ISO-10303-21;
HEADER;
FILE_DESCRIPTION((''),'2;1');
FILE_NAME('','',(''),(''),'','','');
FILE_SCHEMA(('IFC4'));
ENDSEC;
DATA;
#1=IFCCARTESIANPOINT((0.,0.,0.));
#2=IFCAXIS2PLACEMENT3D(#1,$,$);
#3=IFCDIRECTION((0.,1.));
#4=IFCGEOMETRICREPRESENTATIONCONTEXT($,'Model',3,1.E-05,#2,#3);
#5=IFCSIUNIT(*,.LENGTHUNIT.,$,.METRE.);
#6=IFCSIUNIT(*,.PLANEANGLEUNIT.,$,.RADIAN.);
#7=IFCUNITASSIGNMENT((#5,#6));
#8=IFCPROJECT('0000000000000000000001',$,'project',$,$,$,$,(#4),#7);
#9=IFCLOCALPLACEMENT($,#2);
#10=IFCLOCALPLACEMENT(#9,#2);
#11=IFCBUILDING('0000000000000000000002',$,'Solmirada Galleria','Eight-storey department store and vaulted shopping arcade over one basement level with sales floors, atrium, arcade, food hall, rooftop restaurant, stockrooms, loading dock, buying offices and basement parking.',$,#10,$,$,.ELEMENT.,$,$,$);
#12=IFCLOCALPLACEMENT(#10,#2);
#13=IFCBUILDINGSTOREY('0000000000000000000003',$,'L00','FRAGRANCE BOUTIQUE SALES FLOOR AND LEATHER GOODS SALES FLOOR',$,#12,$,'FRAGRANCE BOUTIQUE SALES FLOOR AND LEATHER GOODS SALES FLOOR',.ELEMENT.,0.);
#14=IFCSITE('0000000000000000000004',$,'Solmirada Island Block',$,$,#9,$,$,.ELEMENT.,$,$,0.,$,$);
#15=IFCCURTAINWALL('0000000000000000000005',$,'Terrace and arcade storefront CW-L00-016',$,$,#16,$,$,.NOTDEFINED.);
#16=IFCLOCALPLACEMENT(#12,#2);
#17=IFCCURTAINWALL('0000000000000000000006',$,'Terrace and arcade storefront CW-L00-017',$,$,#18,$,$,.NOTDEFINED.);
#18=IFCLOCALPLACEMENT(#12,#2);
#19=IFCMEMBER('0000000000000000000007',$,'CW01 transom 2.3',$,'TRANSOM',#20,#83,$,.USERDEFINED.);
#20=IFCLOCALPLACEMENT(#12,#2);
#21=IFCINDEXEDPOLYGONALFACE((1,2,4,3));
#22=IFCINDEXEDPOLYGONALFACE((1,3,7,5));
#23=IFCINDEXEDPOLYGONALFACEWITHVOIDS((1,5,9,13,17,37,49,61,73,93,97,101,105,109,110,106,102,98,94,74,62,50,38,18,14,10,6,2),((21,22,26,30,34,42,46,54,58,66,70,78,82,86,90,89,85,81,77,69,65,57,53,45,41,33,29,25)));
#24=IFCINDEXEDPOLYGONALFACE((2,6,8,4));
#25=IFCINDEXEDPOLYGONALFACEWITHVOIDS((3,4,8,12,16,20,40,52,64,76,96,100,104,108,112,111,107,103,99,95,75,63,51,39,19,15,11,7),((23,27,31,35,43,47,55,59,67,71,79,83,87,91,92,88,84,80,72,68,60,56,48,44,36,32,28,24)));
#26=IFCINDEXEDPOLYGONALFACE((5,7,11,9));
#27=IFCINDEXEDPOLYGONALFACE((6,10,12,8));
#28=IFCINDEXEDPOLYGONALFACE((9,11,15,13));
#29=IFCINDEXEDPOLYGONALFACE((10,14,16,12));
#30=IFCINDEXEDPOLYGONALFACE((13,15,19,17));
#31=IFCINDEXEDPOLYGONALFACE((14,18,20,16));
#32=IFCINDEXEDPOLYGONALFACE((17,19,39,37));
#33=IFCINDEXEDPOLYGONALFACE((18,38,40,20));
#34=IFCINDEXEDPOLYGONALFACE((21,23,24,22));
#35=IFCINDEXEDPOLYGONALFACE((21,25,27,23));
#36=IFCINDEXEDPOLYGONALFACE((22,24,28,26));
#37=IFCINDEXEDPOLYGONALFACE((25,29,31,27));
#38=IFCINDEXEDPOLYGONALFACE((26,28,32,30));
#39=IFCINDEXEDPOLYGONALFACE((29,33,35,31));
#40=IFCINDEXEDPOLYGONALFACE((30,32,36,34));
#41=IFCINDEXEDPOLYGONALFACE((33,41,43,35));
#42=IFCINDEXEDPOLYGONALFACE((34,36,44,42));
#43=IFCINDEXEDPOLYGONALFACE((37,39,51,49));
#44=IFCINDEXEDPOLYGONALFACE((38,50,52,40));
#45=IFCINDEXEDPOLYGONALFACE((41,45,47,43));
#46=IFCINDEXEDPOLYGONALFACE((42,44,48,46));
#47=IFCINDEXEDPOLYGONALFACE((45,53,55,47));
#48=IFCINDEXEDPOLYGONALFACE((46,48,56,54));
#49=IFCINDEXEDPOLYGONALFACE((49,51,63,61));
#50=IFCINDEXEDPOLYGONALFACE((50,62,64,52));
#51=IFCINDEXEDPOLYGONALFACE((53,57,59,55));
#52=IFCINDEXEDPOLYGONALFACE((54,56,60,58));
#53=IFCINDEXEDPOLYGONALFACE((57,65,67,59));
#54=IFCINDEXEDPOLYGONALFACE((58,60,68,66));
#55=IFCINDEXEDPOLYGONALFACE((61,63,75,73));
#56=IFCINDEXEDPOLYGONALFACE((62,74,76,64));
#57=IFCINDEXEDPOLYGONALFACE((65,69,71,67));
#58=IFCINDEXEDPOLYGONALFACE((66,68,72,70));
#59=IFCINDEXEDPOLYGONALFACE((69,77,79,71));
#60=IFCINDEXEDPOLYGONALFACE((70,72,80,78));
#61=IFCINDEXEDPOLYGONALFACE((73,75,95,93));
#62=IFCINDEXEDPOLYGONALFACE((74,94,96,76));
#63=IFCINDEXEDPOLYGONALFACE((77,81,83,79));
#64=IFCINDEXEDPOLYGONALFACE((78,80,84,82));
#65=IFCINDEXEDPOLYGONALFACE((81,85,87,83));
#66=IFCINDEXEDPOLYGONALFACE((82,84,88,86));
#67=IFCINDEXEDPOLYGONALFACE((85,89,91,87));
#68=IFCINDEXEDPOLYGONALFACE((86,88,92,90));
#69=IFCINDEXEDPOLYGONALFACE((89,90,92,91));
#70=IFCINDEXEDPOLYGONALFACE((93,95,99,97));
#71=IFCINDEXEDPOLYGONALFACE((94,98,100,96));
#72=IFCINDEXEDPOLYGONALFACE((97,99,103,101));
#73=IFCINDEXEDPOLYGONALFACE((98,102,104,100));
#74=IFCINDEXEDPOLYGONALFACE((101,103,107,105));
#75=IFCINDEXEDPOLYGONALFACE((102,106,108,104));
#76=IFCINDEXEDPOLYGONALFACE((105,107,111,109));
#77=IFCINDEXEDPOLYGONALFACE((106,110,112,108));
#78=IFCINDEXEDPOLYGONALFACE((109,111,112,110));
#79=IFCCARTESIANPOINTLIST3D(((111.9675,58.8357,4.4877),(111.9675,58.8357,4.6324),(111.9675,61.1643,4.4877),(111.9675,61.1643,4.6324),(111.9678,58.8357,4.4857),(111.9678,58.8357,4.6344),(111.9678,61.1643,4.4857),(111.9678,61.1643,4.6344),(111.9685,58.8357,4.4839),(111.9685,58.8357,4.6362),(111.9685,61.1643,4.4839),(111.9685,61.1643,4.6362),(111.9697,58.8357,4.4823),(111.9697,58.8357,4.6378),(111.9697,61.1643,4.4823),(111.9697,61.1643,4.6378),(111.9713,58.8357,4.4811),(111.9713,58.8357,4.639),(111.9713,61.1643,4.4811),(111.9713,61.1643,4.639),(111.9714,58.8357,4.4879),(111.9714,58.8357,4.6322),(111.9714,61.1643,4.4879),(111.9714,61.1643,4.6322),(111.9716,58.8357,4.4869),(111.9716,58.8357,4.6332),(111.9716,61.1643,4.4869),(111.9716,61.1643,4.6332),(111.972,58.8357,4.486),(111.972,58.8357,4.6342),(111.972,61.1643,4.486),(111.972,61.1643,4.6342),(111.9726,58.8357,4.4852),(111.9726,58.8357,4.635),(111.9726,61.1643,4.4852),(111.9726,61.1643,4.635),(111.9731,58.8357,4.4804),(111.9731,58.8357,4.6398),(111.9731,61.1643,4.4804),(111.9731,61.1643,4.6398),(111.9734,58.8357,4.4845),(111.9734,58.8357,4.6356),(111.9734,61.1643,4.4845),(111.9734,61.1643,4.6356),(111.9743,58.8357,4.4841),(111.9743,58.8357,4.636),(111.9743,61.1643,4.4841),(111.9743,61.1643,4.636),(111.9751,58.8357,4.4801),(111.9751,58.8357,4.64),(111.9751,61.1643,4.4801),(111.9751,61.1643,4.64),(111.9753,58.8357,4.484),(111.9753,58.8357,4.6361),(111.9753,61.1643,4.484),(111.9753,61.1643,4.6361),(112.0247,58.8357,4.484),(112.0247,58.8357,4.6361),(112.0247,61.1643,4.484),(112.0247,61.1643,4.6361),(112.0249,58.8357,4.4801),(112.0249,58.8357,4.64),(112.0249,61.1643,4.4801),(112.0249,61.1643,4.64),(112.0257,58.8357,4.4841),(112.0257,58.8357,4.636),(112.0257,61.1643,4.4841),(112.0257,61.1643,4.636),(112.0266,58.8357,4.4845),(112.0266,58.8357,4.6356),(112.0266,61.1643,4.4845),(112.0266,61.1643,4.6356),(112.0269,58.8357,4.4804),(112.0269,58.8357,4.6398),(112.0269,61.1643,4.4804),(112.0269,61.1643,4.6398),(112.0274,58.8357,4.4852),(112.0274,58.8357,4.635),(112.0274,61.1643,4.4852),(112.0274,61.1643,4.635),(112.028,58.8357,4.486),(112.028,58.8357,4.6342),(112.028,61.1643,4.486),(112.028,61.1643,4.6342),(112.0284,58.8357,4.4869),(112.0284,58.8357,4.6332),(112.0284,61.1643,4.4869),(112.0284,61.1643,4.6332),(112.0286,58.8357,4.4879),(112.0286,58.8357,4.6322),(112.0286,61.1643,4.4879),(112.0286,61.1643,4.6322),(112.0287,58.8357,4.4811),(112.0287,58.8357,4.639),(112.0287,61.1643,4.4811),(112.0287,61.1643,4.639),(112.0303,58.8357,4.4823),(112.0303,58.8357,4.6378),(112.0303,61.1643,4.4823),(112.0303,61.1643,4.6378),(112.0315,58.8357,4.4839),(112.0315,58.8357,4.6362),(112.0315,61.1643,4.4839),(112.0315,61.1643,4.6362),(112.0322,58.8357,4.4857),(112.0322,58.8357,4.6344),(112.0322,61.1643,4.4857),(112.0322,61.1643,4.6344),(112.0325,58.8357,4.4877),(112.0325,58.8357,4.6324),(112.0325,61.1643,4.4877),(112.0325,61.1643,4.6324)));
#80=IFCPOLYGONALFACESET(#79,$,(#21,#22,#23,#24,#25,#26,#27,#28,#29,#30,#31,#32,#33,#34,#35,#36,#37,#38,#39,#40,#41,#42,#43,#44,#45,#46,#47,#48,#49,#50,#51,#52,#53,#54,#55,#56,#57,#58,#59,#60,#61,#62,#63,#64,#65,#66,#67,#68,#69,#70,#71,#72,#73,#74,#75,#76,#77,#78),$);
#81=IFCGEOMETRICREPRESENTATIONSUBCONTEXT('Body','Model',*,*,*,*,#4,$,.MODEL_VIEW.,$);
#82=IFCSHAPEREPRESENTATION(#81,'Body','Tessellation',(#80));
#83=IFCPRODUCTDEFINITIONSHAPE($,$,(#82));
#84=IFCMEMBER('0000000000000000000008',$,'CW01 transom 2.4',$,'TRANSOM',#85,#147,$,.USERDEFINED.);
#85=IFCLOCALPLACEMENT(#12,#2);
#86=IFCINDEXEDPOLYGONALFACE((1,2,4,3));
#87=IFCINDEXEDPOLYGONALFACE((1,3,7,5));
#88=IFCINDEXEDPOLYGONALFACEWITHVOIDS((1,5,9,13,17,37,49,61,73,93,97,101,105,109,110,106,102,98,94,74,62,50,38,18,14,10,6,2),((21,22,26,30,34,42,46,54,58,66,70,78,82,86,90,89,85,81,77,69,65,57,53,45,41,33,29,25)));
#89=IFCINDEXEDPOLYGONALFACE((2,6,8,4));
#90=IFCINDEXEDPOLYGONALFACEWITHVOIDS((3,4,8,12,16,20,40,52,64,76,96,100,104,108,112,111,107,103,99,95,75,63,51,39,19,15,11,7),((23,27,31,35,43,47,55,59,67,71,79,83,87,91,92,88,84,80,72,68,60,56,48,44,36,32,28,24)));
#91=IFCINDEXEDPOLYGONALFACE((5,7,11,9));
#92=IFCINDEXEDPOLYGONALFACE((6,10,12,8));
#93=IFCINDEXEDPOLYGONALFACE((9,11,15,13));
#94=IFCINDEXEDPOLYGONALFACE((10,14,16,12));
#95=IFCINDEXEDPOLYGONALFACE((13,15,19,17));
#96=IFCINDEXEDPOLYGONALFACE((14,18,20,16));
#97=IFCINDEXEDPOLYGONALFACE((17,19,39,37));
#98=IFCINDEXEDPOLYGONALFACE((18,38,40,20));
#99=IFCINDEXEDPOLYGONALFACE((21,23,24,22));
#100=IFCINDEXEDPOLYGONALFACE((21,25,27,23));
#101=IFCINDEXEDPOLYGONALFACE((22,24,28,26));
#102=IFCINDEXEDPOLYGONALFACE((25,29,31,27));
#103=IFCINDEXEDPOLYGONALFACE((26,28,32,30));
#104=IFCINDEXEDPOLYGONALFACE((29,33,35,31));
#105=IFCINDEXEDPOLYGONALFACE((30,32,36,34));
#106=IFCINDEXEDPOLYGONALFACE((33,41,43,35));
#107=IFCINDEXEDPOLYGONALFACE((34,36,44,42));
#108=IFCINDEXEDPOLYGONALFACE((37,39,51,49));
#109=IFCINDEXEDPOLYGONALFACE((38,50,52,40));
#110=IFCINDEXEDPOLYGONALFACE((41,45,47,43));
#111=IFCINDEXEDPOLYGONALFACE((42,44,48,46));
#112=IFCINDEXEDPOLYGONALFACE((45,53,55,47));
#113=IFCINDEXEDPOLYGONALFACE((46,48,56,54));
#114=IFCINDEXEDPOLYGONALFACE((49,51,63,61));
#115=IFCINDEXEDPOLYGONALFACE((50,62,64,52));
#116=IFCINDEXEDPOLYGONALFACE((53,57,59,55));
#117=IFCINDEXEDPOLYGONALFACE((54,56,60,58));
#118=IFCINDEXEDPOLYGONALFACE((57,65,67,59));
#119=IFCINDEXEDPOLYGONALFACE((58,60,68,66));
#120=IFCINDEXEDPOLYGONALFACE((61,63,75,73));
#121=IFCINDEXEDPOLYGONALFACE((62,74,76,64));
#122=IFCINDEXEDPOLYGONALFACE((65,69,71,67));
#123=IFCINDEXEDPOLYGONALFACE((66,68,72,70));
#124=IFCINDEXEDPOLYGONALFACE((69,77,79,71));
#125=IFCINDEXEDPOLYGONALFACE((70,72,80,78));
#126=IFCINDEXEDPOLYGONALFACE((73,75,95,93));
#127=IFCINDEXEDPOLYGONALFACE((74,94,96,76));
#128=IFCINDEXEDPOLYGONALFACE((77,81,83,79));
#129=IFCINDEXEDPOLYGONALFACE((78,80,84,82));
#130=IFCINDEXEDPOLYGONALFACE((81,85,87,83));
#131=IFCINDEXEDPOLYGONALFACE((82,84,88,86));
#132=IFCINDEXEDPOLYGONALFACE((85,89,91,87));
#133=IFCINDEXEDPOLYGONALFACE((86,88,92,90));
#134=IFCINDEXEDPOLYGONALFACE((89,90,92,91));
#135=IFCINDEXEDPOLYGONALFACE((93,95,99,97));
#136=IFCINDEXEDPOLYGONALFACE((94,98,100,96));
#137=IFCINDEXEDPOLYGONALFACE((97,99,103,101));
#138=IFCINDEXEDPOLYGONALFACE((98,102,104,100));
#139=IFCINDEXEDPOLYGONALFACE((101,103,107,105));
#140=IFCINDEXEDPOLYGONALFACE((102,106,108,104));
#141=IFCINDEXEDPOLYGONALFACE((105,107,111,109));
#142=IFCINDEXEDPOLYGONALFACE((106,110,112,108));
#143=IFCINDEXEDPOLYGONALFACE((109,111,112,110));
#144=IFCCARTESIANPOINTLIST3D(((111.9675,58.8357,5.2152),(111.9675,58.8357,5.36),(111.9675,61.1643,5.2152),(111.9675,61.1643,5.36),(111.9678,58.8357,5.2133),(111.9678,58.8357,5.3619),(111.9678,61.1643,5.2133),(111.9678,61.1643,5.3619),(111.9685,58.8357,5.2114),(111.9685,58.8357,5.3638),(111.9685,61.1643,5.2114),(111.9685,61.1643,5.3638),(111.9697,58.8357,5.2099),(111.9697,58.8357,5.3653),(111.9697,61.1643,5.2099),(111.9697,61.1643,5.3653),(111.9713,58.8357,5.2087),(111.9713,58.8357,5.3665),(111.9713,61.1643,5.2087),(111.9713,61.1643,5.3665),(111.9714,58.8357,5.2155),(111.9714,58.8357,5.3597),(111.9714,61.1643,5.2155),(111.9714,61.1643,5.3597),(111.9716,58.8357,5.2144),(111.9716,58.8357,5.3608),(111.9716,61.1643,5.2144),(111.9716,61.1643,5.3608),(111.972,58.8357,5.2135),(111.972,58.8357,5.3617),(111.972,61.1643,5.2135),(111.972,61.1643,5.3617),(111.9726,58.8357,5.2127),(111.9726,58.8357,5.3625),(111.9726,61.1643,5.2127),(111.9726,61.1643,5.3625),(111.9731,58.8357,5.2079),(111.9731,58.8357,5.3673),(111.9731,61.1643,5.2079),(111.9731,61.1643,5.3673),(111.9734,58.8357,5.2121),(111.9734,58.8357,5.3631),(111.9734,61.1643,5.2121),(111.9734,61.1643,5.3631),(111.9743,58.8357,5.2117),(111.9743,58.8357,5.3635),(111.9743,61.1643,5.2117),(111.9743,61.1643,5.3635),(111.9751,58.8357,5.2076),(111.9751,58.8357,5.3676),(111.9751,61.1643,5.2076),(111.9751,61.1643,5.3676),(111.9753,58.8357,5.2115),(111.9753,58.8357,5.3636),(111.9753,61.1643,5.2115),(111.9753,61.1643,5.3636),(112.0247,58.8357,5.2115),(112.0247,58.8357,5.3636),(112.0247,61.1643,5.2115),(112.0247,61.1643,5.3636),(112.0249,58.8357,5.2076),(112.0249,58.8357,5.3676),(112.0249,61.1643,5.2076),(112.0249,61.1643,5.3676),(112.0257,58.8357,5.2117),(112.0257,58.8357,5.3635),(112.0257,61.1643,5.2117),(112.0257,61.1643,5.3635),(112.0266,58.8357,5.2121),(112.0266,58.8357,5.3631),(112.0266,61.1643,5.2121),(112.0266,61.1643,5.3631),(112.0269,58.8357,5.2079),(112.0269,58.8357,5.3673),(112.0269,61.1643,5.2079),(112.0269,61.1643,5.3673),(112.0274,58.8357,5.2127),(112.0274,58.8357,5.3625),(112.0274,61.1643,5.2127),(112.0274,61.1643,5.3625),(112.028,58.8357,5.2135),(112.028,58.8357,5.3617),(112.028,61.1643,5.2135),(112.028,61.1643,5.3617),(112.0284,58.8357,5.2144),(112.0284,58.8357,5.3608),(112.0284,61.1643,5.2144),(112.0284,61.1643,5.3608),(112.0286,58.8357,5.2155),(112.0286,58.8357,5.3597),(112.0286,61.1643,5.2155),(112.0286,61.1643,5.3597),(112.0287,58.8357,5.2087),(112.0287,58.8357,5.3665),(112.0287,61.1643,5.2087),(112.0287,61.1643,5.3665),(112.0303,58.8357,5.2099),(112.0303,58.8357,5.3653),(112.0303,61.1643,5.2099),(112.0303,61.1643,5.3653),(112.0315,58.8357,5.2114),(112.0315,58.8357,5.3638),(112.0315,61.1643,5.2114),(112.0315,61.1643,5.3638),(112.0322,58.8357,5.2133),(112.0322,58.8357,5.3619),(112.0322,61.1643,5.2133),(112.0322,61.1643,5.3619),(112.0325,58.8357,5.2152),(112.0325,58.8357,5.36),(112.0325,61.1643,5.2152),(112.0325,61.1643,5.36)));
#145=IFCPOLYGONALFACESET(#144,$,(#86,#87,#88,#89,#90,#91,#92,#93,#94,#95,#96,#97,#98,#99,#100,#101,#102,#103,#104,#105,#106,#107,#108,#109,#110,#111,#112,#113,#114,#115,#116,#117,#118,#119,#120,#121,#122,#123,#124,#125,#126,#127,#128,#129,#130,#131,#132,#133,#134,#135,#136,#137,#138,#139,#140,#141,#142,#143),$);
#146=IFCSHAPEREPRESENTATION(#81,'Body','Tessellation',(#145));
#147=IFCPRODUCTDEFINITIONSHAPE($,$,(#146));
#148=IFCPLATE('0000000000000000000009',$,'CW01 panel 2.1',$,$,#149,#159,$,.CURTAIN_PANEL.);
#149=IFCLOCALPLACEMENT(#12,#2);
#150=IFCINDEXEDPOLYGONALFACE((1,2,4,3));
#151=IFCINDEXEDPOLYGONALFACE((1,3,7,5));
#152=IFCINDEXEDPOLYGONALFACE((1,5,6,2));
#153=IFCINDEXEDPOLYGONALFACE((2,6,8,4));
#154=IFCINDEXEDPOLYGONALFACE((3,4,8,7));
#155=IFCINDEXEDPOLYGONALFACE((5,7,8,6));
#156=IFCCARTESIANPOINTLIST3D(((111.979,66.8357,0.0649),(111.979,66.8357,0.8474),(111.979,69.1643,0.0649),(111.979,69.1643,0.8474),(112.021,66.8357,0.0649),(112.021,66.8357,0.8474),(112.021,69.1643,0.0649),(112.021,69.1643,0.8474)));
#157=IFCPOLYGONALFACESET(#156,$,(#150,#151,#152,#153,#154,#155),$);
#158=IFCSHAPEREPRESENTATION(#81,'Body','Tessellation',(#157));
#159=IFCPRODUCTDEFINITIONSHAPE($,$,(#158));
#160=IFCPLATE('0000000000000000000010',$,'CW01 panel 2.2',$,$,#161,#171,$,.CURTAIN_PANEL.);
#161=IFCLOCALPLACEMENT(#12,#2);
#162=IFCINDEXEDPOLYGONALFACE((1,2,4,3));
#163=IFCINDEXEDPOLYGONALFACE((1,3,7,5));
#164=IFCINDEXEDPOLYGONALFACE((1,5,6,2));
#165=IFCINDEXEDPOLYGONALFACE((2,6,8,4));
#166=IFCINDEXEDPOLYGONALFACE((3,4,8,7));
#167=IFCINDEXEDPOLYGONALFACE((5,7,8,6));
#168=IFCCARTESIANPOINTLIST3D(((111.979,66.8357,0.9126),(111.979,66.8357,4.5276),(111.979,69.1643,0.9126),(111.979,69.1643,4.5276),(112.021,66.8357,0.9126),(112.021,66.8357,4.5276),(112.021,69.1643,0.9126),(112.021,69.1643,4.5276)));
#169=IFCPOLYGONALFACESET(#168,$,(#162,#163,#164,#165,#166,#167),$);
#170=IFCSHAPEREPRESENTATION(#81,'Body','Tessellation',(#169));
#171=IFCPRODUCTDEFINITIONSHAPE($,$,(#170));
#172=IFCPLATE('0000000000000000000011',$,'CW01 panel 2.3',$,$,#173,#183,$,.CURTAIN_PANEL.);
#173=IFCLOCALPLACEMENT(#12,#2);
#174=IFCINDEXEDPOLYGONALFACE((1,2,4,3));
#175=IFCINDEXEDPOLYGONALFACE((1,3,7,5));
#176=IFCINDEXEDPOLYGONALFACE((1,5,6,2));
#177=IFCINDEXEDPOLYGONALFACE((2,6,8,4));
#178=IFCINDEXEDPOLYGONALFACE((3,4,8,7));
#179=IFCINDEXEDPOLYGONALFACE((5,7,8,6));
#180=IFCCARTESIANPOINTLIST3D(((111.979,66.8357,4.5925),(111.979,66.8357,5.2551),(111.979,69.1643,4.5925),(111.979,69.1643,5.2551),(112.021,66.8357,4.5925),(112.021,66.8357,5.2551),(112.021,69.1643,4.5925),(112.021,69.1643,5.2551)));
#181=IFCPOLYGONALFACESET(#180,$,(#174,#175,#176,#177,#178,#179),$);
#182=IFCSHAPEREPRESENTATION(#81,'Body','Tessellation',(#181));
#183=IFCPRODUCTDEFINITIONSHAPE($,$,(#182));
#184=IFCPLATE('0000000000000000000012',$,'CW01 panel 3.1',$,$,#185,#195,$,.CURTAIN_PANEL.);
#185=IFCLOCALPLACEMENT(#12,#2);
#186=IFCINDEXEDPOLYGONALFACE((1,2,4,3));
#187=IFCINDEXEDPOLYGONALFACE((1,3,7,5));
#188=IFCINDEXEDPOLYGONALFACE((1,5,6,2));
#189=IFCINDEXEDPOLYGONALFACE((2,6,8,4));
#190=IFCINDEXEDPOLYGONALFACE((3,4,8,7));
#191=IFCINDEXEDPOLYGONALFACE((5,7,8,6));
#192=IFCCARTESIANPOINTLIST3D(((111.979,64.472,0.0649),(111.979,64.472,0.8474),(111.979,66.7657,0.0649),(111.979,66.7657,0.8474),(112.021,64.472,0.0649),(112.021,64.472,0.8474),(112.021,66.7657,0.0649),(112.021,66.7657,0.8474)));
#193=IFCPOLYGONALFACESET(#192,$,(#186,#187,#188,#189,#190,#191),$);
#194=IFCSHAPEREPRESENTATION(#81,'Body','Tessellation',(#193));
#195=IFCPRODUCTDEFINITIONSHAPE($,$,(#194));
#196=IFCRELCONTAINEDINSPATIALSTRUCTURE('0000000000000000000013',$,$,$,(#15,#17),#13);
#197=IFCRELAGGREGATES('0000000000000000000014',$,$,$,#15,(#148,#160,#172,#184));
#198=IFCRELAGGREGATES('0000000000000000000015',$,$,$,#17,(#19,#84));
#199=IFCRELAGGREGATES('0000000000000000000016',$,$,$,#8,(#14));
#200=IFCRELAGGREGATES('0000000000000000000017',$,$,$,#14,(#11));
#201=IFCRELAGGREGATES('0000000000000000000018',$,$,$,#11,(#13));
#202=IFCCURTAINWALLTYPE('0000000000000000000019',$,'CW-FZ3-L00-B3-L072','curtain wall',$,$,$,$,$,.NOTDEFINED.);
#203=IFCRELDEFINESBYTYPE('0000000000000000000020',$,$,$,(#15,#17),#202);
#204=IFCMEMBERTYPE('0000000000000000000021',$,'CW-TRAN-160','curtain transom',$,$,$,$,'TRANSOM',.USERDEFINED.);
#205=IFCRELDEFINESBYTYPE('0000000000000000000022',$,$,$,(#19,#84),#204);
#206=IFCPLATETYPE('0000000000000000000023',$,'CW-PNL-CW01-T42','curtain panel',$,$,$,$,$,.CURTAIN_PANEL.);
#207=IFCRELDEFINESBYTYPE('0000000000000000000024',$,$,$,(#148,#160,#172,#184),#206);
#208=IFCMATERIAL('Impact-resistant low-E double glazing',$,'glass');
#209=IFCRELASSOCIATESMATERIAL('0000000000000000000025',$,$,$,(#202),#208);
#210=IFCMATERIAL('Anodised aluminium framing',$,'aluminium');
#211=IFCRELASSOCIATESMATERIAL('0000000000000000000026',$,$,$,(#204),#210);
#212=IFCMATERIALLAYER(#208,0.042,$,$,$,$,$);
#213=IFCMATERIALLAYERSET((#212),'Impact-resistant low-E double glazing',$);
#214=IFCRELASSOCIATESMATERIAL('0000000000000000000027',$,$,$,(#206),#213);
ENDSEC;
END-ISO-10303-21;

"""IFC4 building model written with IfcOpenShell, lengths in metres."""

from ifc_helpers import new_model, si_unit, direction, frame, origin, origin_2d, place, context, subcontext, project, spatial, rectangle, hollow_rectangle, extrude, material, layer, layer_set, material_profile, profile_set, type_object, element, aggregate, save


model = new_model("IFC4")

# Units and contexts
model_context = context("Model", 3, precision=1e-05, world=origin(), true_north=direction((0.0, 1.0)))
body_context = subcontext(model_context, "Body", "Model", "MODEL_VIEW")
ifc_project = project(units=[si_unit("LENGTHUNIT", "METRE"), si_unit("PLANEANGLEUNIT", "RADIAN")], contexts=[model_context])

# Site, building, storey
site_placement = place(None, origin())
site = spatial("IfcSite", under=ifc_project, at=site_placement, Name="Solmirada Island Block", CompositionType="ELEMENT", RefElevation=0.0)
building_placement = place(site_placement, origin())
building = spatial("IfcBuilding", under=site, at=building_placement, Name="Solmirada Galleria", Description="Eight-storey department store and vaulted shopping arcade over one basement level with sales floors, atrium, arcade, food hall, rooftop restaurant, stockrooms, loading dock, buying offices and basement parking.", CompositionType="ELEMENT")
storey_placement = place(building_placement, origin())
storey = spatial("IfcBuildingStorey", under=building, at=storey_placement, Name="L00", Description="FRAGRANCE BOUTIQUE SALES FLOOR AND LEATHER GOODS SALES FLOOR", LongName="FRAGRANCE BOUTIQUE SALES FLOOR AND LEATHER GOODS SALES FLOOR", CompositionType="ELEMENT", Elevation=0.0)

# Curtain walls
ifc_material_1 = material(Name="Impact-resistant low-E double glazing", Category="glass")
curtain_wall_type = type_object("IfcCurtainWallType", Name="CW-FZ3-L00-B3-L072", Description="curtain wall", PredefinedType="NOTDEFINED", material=ifc_material_1)
curtain_wall_1_placement = place(storey_placement, origin())
curtain_wall_1 = element("IfcCurtainWall", 1, at=curtain_wall_1_placement, inside=storey, type_object=curtain_wall_type, Name="Terrace and arcade storefront CW-L00-016", PredefinedType="NOTDEFINED")
ifc_material_2 = material(Name="Anodised aluminium framing", Category="aluminium")
curtain_wall_2_placement = place(storey_placement, origin())
curtain_wall_2 = element("IfcCurtainWall", 2, at=curtain_wall_2_placement, inside=storey, type_object=curtain_wall_type, Name="Terrace and arcade storefront CW-L00-017", PredefinedType="NOTDEFINED")

# Members
ifc_material_profile_1 = material_profile(ifc_material_2, hollow_rectangle(XDim=0.0649, YDim=0.1599, WallThickness=0.0039, InnerFilletRadius=0.0039, OuterFilletRadius=0.0076, at=origin_2d()), Name="ALU-TRAN-160X65")
ifc_profile_set_1 = profile_set([ifc_material_profile_1], Name="Anodised aluminium framing")
member_type_1 = type_object("IfcMemberType", Name="CW-TRAN-160", Description="curtain transom", ElementType="TRANSOM", PredefinedType="USERDEFINED", material=ifc_profile_set_1)
member_1_placement = place(storey_placement, frame((112.0, 61.1643, 4.5601), z_axis=(0.0, -1.0, 0.0), x_axis=(1.0, 0.0, 0.0)))
member_1 = element("IfcMember", 3, at=member_1_placement, type_object=member_type_1, Name="CW01 transom 2.3", ObjectType="TRANSOM", PredefinedType="USERDEFINED", context=body_context, shape_type="SweptSolid", body=[
    extrude(hollow_rectangle(XDim=0.0649, YDim=0.1599, WallThickness=0.0039, InnerFilletRadius=0.0039, OuterFilletRadius=0.0076, at=origin_2d()), origin(), (0.0, 0.0, 1.0), 2.3286),
])
member_2_placement = place(storey_placement, frame((112.0, 61.1643, 5.2876), z_axis=(0.0, -1.0, 0.0), x_axis=(1.0, 0.0, 0.0)))
member_2 = element("IfcMember", 4, at=member_2_placement, type_object=member_type_1, Name="CW01 transom 2.4", ObjectType="TRANSOM", PredefinedType="USERDEFINED", context=body_context, shape_type="SweptSolid", body=[
    extrude(hollow_rectangle(XDim=0.0649, YDim=0.1599, WallThickness=0.0039, InnerFilletRadius=0.0039, OuterFilletRadius=0.0076, at=origin_2d()), origin(), (0.0, 0.0, 1.0), 2.3286),
])

# Plates
ifc_layer = layer(ifc_material_1, 0.042)
ifc_layer_set = layer_set([ifc_layer], Name="Impact-resistant low-E double glazing")
plate_type = type_object("IfcPlateType", Name="CW-PNL-CW01-T42", Description="curtain panel", PredefinedType="CURTAIN_PANEL", material=ifc_layer_set)
plate_1_placement = place(storey_placement, frame((112.0, 68.0, 0.0649), z_axis=(0.0, 0.0, 1.0), x_axis=(0.0, -1.0, 0.0)))
plate_1 = element("IfcPlate", 5, at=plate_1_placement, type_object=plate_type, Name="CW01 panel 2.1", PredefinedType="CURTAIN_PANEL", context=body_context, shape_type="SweptSolid", body=[
    extrude(rectangle(XDim=2.3286, YDim=0.042, at=origin_2d()), origin(), (0.0, 0.0, 1.0), 0.7825),
])
plate_2_placement = place(storey_placement, frame((112.0, 68.0, 0.9126), z_axis=(0.0, 0.0, 1.0), x_axis=(0.0, -1.0, 0.0)))
plate_2 = element("IfcPlate", 6, at=plate_2_placement, type_object=plate_type, Name="CW01 panel 2.2", PredefinedType="CURTAIN_PANEL", context=body_context, shape_type="SweptSolid", body=[
    extrude(rectangle(XDim=2.3286, YDim=0.042, at=origin_2d()), origin(), (0.0, 0.0, 1.0), 3.615),
])
plate_3_placement = place(storey_placement, frame((112.0, 68.0, 4.5925), z_axis=(0.0, 0.0, 1.0), x_axis=(0.0, -1.0, 0.0)))
plate_3 = element("IfcPlate", 7, at=plate_3_placement, type_object=plate_type, Name="CW01 panel 2.3", PredefinedType="CURTAIN_PANEL", context=body_context, shape_type="SweptSolid", body=[
    extrude(rectangle(XDim=2.3286, YDim=0.042, at=origin_2d()), origin(), (0.0, 0.0, 1.0), 0.6626),
])
plate_4_placement = place(storey_placement, frame((112.0, 65.6189, 0.0649), z_axis=(0.0, 0.0, 1.0), x_axis=(0.0, -1.0, 0.0)))
plate_4 = element("IfcPlate", 8, at=plate_4_placement, type_object=plate_type, Name="CW01 panel 3.1", PredefinedType="CURTAIN_PANEL", context=body_context, shape_type="SweptSolid", body=[
    extrude(rectangle(XDim=2.2937, YDim=0.042, at=origin_2d()), origin(), (0.0, 0.0, 1.0), 0.7825),
])
aggregate(curtain_wall_1, [plate_1, plate_2, plate_3, plate_4])
aggregate(curtain_wall_2, [member_1, member_2])

save(model, "model.ifc")
